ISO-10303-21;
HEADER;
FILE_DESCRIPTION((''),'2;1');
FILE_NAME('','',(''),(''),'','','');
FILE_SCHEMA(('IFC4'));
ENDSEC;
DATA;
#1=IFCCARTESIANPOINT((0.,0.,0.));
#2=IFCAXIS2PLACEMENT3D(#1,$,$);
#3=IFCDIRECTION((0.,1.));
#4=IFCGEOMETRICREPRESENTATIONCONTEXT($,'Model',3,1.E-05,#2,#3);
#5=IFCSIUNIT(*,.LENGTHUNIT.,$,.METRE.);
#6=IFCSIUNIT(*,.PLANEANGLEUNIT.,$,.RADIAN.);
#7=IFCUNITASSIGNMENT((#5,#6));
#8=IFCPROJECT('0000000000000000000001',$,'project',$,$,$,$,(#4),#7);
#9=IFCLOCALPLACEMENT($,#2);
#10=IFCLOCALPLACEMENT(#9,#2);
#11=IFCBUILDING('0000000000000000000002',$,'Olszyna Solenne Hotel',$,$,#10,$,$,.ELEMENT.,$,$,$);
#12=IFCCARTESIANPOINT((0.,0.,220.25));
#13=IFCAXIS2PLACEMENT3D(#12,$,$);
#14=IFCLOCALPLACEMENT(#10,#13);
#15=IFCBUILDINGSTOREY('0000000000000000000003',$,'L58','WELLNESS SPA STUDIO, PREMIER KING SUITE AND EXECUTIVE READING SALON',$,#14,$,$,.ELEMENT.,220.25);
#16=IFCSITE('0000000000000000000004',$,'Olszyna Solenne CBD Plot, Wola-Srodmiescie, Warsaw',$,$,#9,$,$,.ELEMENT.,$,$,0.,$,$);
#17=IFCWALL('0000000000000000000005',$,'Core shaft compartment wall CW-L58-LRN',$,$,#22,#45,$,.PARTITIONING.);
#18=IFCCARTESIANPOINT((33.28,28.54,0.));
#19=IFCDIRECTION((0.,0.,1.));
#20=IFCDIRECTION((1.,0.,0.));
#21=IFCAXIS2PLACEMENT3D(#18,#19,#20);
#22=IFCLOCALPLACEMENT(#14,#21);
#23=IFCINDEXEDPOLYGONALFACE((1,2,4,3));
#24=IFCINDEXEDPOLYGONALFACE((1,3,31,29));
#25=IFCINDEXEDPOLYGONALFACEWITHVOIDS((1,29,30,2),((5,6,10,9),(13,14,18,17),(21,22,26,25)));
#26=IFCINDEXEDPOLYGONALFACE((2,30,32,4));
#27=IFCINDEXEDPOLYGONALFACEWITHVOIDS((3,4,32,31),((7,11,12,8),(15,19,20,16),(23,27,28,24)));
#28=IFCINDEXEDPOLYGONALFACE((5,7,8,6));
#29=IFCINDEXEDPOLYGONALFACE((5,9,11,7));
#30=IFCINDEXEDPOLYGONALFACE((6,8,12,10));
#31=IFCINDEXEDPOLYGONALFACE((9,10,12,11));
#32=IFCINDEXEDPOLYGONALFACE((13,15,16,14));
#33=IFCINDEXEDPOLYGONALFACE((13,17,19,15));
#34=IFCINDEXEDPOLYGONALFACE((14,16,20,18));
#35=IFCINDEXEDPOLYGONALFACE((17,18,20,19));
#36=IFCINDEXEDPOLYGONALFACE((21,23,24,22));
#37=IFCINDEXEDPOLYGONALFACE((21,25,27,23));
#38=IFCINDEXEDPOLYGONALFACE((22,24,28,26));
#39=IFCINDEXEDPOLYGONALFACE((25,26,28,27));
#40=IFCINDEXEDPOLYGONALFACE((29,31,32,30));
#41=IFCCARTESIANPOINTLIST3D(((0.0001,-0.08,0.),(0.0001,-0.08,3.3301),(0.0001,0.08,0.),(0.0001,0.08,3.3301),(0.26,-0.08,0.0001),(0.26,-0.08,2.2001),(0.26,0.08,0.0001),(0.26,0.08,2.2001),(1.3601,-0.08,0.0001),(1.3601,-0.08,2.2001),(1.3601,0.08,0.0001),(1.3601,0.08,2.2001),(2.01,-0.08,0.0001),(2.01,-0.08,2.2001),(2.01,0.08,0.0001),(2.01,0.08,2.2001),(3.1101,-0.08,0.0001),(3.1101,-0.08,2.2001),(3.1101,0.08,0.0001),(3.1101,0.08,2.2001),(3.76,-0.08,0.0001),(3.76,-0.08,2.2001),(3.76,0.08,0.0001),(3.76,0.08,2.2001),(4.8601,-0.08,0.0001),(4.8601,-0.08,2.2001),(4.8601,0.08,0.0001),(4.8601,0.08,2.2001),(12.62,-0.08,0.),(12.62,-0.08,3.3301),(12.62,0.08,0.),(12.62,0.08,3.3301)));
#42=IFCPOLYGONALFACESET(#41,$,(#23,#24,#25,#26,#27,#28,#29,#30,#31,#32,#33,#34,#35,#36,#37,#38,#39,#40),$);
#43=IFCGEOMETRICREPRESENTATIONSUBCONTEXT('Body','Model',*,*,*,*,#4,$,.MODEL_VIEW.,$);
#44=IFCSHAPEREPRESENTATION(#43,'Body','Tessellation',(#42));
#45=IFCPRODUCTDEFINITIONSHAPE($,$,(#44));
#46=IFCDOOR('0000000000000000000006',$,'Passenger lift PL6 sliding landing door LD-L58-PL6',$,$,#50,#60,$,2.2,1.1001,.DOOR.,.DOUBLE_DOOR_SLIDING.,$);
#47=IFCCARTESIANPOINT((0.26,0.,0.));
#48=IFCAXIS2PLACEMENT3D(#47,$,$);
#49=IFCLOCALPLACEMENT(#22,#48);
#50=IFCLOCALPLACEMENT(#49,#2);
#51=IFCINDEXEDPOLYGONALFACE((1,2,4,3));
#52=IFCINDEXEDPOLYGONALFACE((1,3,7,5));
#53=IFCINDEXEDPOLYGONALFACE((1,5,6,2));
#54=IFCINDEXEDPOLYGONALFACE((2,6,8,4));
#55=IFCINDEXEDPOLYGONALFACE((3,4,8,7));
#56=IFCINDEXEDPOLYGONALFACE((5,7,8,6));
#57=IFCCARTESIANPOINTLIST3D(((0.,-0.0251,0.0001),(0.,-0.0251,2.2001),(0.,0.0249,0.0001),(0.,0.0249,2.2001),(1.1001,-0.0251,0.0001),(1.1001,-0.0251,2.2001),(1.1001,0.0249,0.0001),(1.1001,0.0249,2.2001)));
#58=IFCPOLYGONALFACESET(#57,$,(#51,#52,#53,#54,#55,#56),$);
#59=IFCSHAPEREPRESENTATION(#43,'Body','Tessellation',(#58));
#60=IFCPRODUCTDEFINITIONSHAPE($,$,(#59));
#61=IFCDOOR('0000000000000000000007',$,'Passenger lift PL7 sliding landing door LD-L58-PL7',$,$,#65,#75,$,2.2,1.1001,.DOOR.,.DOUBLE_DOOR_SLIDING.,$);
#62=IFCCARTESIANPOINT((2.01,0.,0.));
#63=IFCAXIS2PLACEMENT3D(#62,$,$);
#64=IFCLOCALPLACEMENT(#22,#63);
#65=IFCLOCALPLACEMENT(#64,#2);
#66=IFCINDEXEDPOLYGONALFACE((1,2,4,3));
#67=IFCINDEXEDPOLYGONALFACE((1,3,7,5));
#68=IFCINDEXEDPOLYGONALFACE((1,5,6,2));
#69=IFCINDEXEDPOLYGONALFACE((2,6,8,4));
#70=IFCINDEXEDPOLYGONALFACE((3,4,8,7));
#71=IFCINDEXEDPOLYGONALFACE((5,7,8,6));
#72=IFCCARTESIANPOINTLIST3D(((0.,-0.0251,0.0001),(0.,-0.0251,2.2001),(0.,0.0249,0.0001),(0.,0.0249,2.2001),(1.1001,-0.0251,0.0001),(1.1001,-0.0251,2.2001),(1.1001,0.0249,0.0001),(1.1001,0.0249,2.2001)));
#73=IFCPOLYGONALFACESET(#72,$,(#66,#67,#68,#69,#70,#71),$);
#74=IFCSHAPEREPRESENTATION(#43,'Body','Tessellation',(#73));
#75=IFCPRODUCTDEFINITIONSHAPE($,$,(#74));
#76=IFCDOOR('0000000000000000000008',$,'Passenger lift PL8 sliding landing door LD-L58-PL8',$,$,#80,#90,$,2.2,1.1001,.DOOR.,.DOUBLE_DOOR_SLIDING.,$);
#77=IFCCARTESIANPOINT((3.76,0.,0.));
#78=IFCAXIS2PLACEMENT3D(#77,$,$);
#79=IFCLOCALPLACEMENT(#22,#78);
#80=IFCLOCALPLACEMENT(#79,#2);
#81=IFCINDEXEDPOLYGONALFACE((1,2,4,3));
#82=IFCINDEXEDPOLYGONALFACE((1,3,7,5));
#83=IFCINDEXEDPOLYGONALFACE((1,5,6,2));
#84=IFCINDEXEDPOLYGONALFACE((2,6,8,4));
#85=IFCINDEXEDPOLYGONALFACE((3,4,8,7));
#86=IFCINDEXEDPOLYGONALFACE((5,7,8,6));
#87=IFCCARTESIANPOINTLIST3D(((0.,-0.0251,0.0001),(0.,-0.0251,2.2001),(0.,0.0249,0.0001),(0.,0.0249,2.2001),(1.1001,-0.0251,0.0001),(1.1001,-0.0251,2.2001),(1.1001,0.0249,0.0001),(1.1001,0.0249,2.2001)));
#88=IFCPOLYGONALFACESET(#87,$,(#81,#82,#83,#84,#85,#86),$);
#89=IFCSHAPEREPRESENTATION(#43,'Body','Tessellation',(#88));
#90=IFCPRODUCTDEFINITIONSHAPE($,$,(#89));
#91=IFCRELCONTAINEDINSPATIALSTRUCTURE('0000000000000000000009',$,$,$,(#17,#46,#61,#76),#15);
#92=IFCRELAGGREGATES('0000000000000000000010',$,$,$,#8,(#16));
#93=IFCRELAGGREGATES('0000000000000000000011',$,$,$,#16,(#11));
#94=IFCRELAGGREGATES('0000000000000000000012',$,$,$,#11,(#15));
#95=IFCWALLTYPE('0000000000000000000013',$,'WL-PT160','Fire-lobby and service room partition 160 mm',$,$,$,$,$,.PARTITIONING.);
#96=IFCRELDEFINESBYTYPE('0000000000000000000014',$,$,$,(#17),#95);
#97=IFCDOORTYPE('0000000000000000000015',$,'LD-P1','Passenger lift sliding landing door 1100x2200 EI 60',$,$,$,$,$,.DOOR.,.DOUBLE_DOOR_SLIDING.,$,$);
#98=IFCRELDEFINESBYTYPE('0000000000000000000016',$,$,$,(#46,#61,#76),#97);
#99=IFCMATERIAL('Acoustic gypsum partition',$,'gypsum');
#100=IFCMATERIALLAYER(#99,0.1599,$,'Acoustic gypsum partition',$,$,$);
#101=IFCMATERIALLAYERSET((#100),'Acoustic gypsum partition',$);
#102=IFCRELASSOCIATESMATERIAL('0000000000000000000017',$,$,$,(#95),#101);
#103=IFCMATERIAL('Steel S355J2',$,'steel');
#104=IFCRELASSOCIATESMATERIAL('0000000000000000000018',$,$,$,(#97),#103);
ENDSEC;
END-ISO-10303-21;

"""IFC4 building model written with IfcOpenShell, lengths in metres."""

from ifc_helpers import new_model, si_unit, direction, frame, frame_2d, origin, place, context, subcontext, project, spatial, rectangle, extrude, source, transform, mapped, material, layer, layer_set, type_object, type_shapes, element, fill, save


model = new_model("IFC4")

# Units and contexts
model_context = context("Model", 3, precision=1e-05, world=origin(), true_north=direction((0.0, 1.0)))
body_context = subcontext(model_context, "Body", "Model", "MODEL_VIEW")
ifc_project = project(units=[si_unit("LENGTHUNIT", "METRE"), si_unit("PLANEANGLEUNIT", "RADIAN")], contexts=[model_context])

# Site, building, storey
site_placement = place(None, origin())
site = spatial("IfcSite", under=ifc_project, at=site_placement, Name="Olszyna Solenne CBD Plot, Wola-Srodmiescie, Warsaw", CompositionType="ELEMENT", RefElevation=0.0)
building_placement = place(site_placement, origin())
building = spatial("IfcBuilding", under=site, at=building_placement, Name="Olszyna Solenne Hotel", CompositionType="ELEMENT")
storey_placement = place(building_placement, frame((0.0, 0.0, 220.25)))
storey = spatial("IfcBuildingStorey", under=building, at=storey_placement, Name="L58", Description="WELLNESS SPA STUDIO, PREMIER KING SUITE AND EXECUTIVE READING SALON", CompositionType="ELEMENT", Elevation=220.25)

# Shared definitions
ifc_material_1 = material(Name="Steel S355J2", Category="steel")

# Shared definitions
ifc_material_2 = material(Name="Acoustic gypsum partition", Category="gypsum")
ifc_layer_1 = layer(ifc_material_2, 0.1599, Name="Acoustic gypsum partition")
ifc_layer_set_1 = layer_set([ifc_layer_1], Name="Acoustic gypsum partition")
wall_type_1 = type_object("IfcWallType", Name="WL-PT160", Description="Fire-lobby and service room partition 160 mm", PredefinedType="PARTITIONING", material=ifc_layer_set_1)

# Wall, openings, doors
door_type_1 = type_object("IfcDoorType", Name="LD-P1", Description="Passenger lift sliding landing door 1100x2200 EI 60", OperationType="DOUBLE_DOOR_SLIDING", PredefinedType="DOOR", material=ifc_material_1)
shared_shape_1 = source(origin(), body_context, "Body", "SweptSolid", [
    extrude(rectangle(XDim=1.1001, YDim=2.2, at=frame_2d((0.55, 1.1001))), frame((0.0, 0.0249, 0.0), z_axis=(0.0, -1.0, 0.0), x_axis=(1.0, 0.0, 0.0)), (0.0, 0.0, 1.0), 0.05),
])
type_shapes(door_type_1, [shared_shape_1])
wall_1_placement = place(storey_placement, frame((33.28, 28.54, 0.0), z_axis=(0.0, 0.0, 1.0), x_axis=(1.0, 0.0, 0.0)))
wall_1 = element("IfcWall", 1, at=wall_1_placement, inside=storey, type_object=wall_type_1, Name="Core shaft compartment wall CW-L58-LRN", PredefinedType="PARTITIONING", context=body_context, shape_type="SweptSolid", body=[
    extrude(rectangle(XDim=12.6199, YDim=0.1599, at=frame_2d((6.3101, 0.0))), origin(), (0.0, 0.0, 1.0), 3.3301),
])
opening_1_placement = place(wall_1_placement, frame((0.26, 0.0, 0.0)))
opening_1 = element("IfcOpeningElement", 2, at=opening_1_placement, cuts=wall_1, PredefinedType="OPENING", context=body_context, shape_type="SweptSolid", body=[
    extrude(rectangle(XDim=1.1001, YDim=2.2, at=frame_2d((0.55, 1.1001))), frame((0.0, 0.0898, 0.0), z_axis=(0.0, -1.0, 0.0), x_axis=(1.0, 0.0, 0.0)), (0.0, 0.0, 1.0), 0.1799),
])
opening_2_placement = place(wall_1_placement, frame((2.01, 0.0, 0.0)))
opening_2 = element("IfcOpeningElement", 3, at=opening_2_placement, cuts=wall_1, PredefinedType="OPENING", context=body_context, shape_type="SweptSolid", body=[
    extrude(rectangle(XDim=1.1001, YDim=2.2, at=frame_2d((0.55, 1.1001))), frame((0.0, 0.0898, 0.0), z_axis=(0.0, -1.0, 0.0), x_axis=(1.0, 0.0, 0.0)), (0.0, 0.0, 1.0), 0.1799),
])
opening_3_placement = place(wall_1_placement, frame((3.76, 0.0, 0.0)))
opening_3 = element("IfcOpeningElement", 4, at=opening_3_placement, cuts=wall_1, PredefinedType="OPENING", context=body_context, shape_type="SweptSolid", body=[
    extrude(rectangle(XDim=1.1001, YDim=2.2, at=frame_2d((0.55, 1.1001))), frame((0.0, 0.0898, 0.0), z_axis=(0.0, -1.0, 0.0), x_axis=(1.0, 0.0, 0.0)), (0.0, 0.0, 1.0), 0.1799),
])
door_1_placement = place(opening_1_placement, origin())
door_1 = element("IfcDoor", 5, at=door_1_placement, inside=storey, type_object=door_type_1, Name="Passenger lift PL6 sliding landing door LD-L58-PL6", OperationType="DOUBLE_DOOR_SLIDING", OverallHeight=2.2, OverallWidth=1.1001, PredefinedType="DOOR", context=body_context, shape_type="MappedRepresentation", body=[
    mapped(shared_shape_1, transform((0.0, 0.0, 0.0), x_axis=(1.0, 0.0, 0.0), y_axis=(0.0, 1.0, 0.0), z_axis=(0.0, 0.0, 1.0), scale=1.0)),
])
fill(opening_1, door_1)
door_2_placement = place(opening_2_placement, origin())
door_2 = element("IfcDoor", 6, at=door_2_placement, inside=storey, type_object=door_type_1, Name="Passenger lift PL7 sliding landing door LD-L58-PL7", OperationType="DOUBLE_DOOR_SLIDING", OverallHeight=2.2, OverallWidth=1.1001, PredefinedType="DOOR", context=body_context, shape_type="MappedRepresentation", body=[
    mapped(shared_shape_1, transform((0.0, 0.0, 0.0), x_axis=(1.0, 0.0, 0.0), y_axis=(0.0, 1.0, 0.0), z_axis=(0.0, 0.0, 1.0), scale=1.0)),
])
fill(opening_2, door_2)
door_3_placement = place(opening_3_placement, origin())
door_3 = element("IfcDoor", 7, at=door_3_placement, inside=storey, type_object=door_type_1, Name="Passenger lift PL8 sliding landing door LD-L58-PL8", OperationType="DOUBLE_DOOR_SLIDING", OverallHeight=2.2, OverallWidth=1.1001, PredefinedType="DOOR", context=body_context, shape_type="MappedRepresentation", body=[
    mapped(shared_shape_1, transform((0.0, 0.0, 0.0), x_axis=(1.0, 0.0, 0.0), y_axis=(0.0, 1.0, 0.0), z_axis=(0.0, 0.0, 1.0), scale=1.0)),
])
fill(opening_3, door_3)

save(model, "model.ifc")
